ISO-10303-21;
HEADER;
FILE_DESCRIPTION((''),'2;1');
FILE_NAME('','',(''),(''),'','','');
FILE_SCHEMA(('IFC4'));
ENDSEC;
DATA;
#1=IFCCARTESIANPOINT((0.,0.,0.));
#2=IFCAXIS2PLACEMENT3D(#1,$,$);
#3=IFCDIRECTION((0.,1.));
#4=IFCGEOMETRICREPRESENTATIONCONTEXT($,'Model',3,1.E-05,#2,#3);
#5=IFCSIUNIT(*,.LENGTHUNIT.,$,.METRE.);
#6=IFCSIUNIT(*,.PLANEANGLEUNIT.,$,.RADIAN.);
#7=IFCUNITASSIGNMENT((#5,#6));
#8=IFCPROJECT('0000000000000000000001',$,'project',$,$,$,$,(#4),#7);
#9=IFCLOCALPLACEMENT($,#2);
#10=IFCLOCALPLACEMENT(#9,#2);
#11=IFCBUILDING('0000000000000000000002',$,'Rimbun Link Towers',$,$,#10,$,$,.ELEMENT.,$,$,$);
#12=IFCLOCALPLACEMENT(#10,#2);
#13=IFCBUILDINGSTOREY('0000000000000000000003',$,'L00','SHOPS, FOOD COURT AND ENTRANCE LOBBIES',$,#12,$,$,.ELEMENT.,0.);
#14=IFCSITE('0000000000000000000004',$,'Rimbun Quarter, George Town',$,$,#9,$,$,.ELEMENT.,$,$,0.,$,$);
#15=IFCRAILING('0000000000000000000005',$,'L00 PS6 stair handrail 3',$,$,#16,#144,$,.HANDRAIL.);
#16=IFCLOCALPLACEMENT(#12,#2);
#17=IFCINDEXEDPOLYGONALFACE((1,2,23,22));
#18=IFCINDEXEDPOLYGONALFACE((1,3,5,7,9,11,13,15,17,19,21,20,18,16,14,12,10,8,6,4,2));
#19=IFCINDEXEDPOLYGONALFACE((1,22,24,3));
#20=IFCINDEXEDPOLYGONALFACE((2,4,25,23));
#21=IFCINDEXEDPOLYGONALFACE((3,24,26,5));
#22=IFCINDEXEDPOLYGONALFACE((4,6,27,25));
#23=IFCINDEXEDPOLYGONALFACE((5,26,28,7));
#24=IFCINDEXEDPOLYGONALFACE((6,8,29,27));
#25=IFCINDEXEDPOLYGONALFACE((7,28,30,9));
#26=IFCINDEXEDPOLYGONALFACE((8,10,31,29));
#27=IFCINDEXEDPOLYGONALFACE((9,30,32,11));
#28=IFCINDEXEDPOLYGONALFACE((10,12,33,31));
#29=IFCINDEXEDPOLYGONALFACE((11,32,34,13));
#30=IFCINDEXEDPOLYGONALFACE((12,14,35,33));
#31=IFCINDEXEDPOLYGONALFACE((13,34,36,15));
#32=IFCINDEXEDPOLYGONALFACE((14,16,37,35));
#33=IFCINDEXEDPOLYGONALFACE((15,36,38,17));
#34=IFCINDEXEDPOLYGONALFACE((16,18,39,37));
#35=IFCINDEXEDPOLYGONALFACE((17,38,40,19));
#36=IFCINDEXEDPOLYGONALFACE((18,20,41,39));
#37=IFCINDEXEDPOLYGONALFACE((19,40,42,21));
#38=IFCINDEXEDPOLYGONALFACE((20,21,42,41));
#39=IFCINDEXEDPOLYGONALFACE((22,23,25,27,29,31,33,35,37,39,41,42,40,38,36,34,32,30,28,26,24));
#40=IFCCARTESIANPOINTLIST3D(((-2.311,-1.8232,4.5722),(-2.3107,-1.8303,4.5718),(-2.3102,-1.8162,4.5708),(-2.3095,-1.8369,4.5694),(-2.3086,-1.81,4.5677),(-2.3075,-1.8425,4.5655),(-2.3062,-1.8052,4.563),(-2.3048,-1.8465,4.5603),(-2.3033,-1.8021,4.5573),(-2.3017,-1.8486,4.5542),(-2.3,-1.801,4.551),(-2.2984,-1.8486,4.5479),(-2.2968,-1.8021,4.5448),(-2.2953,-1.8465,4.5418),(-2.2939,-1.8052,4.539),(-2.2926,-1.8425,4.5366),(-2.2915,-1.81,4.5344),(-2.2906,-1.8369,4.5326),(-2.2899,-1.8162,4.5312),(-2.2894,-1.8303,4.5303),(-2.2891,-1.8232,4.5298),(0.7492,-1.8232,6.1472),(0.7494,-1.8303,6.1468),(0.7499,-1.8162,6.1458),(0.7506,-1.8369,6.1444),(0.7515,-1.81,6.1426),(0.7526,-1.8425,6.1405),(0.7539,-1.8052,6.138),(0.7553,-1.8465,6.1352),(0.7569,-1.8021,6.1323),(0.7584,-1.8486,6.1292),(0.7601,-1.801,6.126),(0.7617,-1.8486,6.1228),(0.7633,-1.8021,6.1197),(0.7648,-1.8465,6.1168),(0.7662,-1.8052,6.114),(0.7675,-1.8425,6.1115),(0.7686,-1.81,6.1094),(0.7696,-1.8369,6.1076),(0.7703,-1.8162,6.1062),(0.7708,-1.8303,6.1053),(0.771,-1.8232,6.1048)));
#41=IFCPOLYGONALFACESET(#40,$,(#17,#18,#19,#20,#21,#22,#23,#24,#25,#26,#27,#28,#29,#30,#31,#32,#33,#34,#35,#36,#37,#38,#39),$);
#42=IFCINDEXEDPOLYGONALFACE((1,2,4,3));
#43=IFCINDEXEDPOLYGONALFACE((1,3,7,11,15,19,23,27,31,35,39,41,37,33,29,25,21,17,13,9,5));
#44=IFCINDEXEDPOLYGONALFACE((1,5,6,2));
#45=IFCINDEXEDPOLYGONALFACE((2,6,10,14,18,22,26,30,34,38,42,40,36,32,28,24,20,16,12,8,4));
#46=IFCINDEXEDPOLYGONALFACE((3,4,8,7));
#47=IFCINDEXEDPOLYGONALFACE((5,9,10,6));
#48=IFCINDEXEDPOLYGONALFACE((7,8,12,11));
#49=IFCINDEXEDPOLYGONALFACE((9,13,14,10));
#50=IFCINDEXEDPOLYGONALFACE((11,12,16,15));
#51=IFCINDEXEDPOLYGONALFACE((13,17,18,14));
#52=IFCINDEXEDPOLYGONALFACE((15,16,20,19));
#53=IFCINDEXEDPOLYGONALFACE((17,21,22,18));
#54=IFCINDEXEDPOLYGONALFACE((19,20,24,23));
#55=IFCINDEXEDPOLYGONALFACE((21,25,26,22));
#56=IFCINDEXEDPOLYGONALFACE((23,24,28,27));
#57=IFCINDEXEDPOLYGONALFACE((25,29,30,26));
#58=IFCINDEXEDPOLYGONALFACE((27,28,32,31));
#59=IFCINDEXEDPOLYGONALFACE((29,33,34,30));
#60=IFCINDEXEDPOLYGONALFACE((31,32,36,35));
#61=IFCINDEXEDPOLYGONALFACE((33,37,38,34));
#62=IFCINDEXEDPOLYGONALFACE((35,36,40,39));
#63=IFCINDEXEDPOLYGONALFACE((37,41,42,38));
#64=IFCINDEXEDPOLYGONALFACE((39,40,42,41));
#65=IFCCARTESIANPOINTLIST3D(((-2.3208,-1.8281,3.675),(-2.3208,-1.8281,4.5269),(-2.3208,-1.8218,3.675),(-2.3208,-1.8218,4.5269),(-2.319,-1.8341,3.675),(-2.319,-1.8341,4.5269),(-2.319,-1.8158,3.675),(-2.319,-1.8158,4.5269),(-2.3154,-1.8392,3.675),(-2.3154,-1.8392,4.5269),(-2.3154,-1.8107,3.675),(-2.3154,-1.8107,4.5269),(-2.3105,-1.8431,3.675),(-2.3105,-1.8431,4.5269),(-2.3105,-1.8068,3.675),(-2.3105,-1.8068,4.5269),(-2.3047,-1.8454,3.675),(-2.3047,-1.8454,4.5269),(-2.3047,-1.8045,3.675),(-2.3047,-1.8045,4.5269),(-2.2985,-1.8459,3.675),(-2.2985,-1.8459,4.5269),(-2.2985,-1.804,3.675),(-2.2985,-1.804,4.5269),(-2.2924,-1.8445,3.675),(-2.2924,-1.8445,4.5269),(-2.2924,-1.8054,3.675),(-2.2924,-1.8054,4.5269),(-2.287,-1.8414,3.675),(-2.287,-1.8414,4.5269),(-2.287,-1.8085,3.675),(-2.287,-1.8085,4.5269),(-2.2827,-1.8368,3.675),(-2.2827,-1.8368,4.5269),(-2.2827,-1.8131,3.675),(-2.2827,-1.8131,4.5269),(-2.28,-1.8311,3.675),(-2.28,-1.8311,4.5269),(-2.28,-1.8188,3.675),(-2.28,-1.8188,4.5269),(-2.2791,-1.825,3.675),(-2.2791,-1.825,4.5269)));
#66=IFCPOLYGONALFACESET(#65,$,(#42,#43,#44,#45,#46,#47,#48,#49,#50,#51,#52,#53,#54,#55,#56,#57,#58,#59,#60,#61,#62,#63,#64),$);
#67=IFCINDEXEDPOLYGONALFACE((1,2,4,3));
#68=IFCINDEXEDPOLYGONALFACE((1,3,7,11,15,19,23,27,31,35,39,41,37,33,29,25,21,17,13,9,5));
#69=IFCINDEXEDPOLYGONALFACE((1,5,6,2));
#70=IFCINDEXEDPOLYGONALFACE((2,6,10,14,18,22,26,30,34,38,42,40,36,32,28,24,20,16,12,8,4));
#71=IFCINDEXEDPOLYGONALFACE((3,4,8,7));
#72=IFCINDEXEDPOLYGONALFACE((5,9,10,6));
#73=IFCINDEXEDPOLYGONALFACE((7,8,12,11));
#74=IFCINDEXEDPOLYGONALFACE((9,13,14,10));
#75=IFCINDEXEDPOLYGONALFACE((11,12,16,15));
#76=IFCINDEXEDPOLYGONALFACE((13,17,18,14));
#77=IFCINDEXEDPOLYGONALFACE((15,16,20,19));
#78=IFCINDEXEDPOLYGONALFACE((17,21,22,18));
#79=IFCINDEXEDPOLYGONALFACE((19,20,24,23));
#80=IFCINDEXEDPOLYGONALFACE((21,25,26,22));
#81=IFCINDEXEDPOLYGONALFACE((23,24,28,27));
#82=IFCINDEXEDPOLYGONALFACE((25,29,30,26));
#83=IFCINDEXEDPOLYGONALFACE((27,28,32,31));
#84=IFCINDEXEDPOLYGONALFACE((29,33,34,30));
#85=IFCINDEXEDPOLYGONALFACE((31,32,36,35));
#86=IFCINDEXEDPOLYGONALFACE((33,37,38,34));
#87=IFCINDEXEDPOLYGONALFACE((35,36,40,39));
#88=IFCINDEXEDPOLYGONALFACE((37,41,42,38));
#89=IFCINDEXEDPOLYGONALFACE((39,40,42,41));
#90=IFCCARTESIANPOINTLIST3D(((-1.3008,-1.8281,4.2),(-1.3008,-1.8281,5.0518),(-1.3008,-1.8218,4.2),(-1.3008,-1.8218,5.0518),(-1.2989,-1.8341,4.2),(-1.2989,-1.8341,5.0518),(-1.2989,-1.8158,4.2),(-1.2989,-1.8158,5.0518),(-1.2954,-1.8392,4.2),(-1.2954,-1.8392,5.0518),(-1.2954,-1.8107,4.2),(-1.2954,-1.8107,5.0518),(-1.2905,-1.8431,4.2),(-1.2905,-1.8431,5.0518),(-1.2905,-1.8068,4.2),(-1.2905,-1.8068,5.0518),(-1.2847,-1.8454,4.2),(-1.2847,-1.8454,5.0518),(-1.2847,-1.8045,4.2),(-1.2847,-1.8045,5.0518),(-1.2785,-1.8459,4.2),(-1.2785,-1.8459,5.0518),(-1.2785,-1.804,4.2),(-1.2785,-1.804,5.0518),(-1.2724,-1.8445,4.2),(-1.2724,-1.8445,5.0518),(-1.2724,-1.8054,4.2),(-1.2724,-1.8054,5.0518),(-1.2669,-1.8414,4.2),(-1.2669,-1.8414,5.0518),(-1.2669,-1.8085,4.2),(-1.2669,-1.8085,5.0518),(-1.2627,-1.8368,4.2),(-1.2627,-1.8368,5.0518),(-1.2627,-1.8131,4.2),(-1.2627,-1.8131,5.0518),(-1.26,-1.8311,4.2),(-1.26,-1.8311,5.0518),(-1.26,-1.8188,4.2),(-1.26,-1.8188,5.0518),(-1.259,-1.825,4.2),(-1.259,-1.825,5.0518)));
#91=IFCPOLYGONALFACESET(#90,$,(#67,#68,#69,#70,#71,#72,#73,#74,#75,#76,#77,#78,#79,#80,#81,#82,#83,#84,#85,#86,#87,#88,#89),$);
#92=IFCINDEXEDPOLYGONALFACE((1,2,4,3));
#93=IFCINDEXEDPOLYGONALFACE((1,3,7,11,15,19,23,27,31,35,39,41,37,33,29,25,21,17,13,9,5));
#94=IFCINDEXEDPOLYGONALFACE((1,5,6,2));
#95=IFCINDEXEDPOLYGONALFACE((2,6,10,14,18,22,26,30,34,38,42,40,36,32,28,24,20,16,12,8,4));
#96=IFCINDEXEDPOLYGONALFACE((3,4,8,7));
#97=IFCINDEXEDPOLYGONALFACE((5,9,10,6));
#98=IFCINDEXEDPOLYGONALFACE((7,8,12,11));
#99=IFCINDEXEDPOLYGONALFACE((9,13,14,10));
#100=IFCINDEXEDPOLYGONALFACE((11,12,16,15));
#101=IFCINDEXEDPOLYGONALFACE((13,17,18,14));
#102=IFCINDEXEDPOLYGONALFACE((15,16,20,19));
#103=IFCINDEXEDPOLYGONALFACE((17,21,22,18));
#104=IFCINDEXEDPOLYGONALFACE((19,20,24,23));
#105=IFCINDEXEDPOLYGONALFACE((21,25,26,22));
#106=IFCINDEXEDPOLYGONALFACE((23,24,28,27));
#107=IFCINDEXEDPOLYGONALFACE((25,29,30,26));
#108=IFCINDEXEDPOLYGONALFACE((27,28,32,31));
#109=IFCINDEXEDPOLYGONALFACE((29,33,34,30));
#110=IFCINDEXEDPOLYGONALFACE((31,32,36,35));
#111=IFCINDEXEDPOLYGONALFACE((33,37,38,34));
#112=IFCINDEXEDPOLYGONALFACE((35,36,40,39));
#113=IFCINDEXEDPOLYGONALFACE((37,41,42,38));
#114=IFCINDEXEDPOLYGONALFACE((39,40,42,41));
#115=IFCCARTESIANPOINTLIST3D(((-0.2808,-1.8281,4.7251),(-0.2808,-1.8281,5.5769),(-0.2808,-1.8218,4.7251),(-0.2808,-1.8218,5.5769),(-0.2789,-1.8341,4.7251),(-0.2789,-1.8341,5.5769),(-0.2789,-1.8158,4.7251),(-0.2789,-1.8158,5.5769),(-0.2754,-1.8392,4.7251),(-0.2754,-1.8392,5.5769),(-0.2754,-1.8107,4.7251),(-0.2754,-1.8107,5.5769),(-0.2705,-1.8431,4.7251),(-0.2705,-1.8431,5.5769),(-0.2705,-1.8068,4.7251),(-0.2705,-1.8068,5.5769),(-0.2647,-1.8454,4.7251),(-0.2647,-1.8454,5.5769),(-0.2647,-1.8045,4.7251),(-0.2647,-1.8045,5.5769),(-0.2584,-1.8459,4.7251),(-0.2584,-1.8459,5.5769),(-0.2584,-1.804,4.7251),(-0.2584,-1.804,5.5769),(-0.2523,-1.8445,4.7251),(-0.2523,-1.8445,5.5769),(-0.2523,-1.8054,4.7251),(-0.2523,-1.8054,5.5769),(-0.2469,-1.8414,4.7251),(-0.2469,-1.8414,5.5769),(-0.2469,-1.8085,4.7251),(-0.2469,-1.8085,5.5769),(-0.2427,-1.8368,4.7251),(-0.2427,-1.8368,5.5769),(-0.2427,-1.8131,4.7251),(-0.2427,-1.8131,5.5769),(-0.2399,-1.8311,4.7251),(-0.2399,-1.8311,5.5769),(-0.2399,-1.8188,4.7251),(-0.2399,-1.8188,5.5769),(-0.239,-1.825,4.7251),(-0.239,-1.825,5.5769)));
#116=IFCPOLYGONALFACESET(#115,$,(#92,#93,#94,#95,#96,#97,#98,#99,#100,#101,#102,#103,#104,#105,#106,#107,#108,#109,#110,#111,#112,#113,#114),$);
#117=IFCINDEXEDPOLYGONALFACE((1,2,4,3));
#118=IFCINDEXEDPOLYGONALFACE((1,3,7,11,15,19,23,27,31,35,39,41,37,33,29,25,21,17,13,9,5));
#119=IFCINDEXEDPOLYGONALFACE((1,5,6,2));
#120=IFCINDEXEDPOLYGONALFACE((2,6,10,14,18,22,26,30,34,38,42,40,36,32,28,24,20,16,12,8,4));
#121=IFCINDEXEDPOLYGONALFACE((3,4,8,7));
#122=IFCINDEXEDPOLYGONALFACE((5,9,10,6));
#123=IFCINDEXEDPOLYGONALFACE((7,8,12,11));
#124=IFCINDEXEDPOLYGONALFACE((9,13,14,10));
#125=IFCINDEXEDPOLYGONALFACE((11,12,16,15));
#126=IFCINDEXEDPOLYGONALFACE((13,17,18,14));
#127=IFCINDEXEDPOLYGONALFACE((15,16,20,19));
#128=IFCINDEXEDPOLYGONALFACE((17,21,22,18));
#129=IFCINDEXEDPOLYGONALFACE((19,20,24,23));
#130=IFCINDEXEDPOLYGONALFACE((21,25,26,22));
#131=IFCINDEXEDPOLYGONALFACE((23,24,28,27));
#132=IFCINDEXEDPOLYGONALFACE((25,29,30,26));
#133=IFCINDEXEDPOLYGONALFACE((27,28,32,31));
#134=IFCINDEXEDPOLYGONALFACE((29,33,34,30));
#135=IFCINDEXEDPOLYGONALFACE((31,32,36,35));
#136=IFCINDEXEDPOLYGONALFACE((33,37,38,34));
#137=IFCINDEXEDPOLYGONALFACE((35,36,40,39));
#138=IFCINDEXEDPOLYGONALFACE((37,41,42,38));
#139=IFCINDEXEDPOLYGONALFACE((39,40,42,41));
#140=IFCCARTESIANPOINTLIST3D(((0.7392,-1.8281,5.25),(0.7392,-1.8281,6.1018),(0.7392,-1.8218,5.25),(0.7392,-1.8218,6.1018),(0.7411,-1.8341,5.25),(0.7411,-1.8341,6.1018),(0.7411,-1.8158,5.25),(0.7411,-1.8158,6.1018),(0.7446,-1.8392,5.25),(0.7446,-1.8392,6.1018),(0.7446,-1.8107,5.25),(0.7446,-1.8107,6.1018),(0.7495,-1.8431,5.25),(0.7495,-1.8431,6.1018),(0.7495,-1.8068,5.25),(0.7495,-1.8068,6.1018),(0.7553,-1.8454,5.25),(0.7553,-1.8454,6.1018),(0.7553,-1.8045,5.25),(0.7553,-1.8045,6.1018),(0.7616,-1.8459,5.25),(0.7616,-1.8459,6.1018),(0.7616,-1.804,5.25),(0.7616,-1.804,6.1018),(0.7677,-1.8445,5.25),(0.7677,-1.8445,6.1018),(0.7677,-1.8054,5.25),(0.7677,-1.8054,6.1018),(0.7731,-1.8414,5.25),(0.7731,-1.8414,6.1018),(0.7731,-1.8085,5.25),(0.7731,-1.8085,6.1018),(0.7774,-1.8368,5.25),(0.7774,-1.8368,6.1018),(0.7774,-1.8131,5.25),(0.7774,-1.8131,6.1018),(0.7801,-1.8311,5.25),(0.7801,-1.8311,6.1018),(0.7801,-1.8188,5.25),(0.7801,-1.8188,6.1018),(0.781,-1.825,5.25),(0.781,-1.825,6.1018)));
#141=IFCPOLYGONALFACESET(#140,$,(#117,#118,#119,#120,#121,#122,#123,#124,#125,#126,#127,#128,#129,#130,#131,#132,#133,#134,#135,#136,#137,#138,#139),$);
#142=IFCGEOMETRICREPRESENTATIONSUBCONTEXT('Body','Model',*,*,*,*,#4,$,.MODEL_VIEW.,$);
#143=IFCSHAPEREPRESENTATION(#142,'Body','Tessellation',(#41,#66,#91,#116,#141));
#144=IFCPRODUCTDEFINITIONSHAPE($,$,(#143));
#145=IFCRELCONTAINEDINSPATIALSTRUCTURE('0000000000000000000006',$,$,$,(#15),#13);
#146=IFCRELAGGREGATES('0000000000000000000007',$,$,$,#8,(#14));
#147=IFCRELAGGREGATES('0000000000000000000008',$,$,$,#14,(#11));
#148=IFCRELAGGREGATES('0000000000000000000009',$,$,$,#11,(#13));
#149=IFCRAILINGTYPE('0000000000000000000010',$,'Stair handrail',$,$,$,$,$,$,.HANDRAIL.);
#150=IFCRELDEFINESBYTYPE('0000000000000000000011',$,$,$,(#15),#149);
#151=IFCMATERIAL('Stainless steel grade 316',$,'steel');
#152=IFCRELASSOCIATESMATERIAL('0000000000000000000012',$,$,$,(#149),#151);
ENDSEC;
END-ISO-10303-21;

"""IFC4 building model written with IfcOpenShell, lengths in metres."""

from ifc_helpers import new_model, si_unit, direction, frame, origin, origin_2d, place, context, subcontext, project, spatial, circle, extrude, material, type_object, element, save


model = new_model("IFC4")

# Units and contexts
model_context = context("Model", 3, precision=1e-05, world=origin(), true_north=direction((0.0, 1.0)))
body_context = subcontext(model_context, "Body", "Model", "MODEL_VIEW")
ifc_project = project(units=[si_unit("LENGTHUNIT", "METRE"), si_unit("PLANEANGLEUNIT", "RADIAN")], contexts=[model_context])

# Site, building, storey
site_placement = place(None, origin())
site = spatial("IfcSite", under=ifc_project, at=site_placement, Name="Rimbun Quarter, George Town", CompositionType="ELEMENT", RefElevation=0.0)
building_placement = place(site_placement, origin())
building = spatial("IfcBuilding", under=site, at=building_placement, Name="Rimbun Link Towers", CompositionType="ELEMENT")
storey_placement = place(building_placement, origin())
storey = spatial("IfcBuildingStorey", under=building, at=storey_placement, Name="L00", Description="SHOPS, FOOD COURT AND ENTRANCE LOBBIES", CompositionType="ELEMENT", Elevation=0.0)

# Railing
ifc_material_1 = material(Name="Stainless steel grade 316", Category="steel")
railing_type_1 = type_object("IfcRailingType", Name="Stair handrail", PredefinedType="HANDRAIL", material=ifc_material_1)
for number, where, name in (
    (1, (-2.3, -1.825, 3.675), "L00 PS6 stair handrail 3"),
):
    element("IfcRailing", number, at=place(storey_placement, frame(where)), inside=storey, type_object=railing_type_1, Name=name, PredefinedType="HANDRAIL", context=body_context, shape_type="SweptSolid", body=[
        extrude(circle(Radius=0.0239, at=origin_2d()), frame((0.0, 0.0, 0.876), z_axis=(0.889145, 0.0, 0.457625), x_axis=(0.0, 1.0, 0.0)), (0.0, 0.0, 1.0), 3.4417),
        extrude(circle(Radius=0.021, at=origin_2d()), origin(), (0.0, 0.0, 1.0), 0.8518),
        extrude(circle(Radius=0.021, at=origin_2d()), frame((1.02, 0.0, 0.5249)), (0.0, 0.0, 1.0), 0.8518),
        extrude(circle(Radius=0.021, at=origin_2d()), frame((2.04, 0.0, 1.05)), (0.0, 0.0, 1.0), 0.8518),
        extrude(circle(Radius=0.021, at=origin_2d()), frame((3.0601, 0.0, 1.575)), (0.0, 0.0, 1.0), 0.8518),
    ])

save(model, "model.ifc")
